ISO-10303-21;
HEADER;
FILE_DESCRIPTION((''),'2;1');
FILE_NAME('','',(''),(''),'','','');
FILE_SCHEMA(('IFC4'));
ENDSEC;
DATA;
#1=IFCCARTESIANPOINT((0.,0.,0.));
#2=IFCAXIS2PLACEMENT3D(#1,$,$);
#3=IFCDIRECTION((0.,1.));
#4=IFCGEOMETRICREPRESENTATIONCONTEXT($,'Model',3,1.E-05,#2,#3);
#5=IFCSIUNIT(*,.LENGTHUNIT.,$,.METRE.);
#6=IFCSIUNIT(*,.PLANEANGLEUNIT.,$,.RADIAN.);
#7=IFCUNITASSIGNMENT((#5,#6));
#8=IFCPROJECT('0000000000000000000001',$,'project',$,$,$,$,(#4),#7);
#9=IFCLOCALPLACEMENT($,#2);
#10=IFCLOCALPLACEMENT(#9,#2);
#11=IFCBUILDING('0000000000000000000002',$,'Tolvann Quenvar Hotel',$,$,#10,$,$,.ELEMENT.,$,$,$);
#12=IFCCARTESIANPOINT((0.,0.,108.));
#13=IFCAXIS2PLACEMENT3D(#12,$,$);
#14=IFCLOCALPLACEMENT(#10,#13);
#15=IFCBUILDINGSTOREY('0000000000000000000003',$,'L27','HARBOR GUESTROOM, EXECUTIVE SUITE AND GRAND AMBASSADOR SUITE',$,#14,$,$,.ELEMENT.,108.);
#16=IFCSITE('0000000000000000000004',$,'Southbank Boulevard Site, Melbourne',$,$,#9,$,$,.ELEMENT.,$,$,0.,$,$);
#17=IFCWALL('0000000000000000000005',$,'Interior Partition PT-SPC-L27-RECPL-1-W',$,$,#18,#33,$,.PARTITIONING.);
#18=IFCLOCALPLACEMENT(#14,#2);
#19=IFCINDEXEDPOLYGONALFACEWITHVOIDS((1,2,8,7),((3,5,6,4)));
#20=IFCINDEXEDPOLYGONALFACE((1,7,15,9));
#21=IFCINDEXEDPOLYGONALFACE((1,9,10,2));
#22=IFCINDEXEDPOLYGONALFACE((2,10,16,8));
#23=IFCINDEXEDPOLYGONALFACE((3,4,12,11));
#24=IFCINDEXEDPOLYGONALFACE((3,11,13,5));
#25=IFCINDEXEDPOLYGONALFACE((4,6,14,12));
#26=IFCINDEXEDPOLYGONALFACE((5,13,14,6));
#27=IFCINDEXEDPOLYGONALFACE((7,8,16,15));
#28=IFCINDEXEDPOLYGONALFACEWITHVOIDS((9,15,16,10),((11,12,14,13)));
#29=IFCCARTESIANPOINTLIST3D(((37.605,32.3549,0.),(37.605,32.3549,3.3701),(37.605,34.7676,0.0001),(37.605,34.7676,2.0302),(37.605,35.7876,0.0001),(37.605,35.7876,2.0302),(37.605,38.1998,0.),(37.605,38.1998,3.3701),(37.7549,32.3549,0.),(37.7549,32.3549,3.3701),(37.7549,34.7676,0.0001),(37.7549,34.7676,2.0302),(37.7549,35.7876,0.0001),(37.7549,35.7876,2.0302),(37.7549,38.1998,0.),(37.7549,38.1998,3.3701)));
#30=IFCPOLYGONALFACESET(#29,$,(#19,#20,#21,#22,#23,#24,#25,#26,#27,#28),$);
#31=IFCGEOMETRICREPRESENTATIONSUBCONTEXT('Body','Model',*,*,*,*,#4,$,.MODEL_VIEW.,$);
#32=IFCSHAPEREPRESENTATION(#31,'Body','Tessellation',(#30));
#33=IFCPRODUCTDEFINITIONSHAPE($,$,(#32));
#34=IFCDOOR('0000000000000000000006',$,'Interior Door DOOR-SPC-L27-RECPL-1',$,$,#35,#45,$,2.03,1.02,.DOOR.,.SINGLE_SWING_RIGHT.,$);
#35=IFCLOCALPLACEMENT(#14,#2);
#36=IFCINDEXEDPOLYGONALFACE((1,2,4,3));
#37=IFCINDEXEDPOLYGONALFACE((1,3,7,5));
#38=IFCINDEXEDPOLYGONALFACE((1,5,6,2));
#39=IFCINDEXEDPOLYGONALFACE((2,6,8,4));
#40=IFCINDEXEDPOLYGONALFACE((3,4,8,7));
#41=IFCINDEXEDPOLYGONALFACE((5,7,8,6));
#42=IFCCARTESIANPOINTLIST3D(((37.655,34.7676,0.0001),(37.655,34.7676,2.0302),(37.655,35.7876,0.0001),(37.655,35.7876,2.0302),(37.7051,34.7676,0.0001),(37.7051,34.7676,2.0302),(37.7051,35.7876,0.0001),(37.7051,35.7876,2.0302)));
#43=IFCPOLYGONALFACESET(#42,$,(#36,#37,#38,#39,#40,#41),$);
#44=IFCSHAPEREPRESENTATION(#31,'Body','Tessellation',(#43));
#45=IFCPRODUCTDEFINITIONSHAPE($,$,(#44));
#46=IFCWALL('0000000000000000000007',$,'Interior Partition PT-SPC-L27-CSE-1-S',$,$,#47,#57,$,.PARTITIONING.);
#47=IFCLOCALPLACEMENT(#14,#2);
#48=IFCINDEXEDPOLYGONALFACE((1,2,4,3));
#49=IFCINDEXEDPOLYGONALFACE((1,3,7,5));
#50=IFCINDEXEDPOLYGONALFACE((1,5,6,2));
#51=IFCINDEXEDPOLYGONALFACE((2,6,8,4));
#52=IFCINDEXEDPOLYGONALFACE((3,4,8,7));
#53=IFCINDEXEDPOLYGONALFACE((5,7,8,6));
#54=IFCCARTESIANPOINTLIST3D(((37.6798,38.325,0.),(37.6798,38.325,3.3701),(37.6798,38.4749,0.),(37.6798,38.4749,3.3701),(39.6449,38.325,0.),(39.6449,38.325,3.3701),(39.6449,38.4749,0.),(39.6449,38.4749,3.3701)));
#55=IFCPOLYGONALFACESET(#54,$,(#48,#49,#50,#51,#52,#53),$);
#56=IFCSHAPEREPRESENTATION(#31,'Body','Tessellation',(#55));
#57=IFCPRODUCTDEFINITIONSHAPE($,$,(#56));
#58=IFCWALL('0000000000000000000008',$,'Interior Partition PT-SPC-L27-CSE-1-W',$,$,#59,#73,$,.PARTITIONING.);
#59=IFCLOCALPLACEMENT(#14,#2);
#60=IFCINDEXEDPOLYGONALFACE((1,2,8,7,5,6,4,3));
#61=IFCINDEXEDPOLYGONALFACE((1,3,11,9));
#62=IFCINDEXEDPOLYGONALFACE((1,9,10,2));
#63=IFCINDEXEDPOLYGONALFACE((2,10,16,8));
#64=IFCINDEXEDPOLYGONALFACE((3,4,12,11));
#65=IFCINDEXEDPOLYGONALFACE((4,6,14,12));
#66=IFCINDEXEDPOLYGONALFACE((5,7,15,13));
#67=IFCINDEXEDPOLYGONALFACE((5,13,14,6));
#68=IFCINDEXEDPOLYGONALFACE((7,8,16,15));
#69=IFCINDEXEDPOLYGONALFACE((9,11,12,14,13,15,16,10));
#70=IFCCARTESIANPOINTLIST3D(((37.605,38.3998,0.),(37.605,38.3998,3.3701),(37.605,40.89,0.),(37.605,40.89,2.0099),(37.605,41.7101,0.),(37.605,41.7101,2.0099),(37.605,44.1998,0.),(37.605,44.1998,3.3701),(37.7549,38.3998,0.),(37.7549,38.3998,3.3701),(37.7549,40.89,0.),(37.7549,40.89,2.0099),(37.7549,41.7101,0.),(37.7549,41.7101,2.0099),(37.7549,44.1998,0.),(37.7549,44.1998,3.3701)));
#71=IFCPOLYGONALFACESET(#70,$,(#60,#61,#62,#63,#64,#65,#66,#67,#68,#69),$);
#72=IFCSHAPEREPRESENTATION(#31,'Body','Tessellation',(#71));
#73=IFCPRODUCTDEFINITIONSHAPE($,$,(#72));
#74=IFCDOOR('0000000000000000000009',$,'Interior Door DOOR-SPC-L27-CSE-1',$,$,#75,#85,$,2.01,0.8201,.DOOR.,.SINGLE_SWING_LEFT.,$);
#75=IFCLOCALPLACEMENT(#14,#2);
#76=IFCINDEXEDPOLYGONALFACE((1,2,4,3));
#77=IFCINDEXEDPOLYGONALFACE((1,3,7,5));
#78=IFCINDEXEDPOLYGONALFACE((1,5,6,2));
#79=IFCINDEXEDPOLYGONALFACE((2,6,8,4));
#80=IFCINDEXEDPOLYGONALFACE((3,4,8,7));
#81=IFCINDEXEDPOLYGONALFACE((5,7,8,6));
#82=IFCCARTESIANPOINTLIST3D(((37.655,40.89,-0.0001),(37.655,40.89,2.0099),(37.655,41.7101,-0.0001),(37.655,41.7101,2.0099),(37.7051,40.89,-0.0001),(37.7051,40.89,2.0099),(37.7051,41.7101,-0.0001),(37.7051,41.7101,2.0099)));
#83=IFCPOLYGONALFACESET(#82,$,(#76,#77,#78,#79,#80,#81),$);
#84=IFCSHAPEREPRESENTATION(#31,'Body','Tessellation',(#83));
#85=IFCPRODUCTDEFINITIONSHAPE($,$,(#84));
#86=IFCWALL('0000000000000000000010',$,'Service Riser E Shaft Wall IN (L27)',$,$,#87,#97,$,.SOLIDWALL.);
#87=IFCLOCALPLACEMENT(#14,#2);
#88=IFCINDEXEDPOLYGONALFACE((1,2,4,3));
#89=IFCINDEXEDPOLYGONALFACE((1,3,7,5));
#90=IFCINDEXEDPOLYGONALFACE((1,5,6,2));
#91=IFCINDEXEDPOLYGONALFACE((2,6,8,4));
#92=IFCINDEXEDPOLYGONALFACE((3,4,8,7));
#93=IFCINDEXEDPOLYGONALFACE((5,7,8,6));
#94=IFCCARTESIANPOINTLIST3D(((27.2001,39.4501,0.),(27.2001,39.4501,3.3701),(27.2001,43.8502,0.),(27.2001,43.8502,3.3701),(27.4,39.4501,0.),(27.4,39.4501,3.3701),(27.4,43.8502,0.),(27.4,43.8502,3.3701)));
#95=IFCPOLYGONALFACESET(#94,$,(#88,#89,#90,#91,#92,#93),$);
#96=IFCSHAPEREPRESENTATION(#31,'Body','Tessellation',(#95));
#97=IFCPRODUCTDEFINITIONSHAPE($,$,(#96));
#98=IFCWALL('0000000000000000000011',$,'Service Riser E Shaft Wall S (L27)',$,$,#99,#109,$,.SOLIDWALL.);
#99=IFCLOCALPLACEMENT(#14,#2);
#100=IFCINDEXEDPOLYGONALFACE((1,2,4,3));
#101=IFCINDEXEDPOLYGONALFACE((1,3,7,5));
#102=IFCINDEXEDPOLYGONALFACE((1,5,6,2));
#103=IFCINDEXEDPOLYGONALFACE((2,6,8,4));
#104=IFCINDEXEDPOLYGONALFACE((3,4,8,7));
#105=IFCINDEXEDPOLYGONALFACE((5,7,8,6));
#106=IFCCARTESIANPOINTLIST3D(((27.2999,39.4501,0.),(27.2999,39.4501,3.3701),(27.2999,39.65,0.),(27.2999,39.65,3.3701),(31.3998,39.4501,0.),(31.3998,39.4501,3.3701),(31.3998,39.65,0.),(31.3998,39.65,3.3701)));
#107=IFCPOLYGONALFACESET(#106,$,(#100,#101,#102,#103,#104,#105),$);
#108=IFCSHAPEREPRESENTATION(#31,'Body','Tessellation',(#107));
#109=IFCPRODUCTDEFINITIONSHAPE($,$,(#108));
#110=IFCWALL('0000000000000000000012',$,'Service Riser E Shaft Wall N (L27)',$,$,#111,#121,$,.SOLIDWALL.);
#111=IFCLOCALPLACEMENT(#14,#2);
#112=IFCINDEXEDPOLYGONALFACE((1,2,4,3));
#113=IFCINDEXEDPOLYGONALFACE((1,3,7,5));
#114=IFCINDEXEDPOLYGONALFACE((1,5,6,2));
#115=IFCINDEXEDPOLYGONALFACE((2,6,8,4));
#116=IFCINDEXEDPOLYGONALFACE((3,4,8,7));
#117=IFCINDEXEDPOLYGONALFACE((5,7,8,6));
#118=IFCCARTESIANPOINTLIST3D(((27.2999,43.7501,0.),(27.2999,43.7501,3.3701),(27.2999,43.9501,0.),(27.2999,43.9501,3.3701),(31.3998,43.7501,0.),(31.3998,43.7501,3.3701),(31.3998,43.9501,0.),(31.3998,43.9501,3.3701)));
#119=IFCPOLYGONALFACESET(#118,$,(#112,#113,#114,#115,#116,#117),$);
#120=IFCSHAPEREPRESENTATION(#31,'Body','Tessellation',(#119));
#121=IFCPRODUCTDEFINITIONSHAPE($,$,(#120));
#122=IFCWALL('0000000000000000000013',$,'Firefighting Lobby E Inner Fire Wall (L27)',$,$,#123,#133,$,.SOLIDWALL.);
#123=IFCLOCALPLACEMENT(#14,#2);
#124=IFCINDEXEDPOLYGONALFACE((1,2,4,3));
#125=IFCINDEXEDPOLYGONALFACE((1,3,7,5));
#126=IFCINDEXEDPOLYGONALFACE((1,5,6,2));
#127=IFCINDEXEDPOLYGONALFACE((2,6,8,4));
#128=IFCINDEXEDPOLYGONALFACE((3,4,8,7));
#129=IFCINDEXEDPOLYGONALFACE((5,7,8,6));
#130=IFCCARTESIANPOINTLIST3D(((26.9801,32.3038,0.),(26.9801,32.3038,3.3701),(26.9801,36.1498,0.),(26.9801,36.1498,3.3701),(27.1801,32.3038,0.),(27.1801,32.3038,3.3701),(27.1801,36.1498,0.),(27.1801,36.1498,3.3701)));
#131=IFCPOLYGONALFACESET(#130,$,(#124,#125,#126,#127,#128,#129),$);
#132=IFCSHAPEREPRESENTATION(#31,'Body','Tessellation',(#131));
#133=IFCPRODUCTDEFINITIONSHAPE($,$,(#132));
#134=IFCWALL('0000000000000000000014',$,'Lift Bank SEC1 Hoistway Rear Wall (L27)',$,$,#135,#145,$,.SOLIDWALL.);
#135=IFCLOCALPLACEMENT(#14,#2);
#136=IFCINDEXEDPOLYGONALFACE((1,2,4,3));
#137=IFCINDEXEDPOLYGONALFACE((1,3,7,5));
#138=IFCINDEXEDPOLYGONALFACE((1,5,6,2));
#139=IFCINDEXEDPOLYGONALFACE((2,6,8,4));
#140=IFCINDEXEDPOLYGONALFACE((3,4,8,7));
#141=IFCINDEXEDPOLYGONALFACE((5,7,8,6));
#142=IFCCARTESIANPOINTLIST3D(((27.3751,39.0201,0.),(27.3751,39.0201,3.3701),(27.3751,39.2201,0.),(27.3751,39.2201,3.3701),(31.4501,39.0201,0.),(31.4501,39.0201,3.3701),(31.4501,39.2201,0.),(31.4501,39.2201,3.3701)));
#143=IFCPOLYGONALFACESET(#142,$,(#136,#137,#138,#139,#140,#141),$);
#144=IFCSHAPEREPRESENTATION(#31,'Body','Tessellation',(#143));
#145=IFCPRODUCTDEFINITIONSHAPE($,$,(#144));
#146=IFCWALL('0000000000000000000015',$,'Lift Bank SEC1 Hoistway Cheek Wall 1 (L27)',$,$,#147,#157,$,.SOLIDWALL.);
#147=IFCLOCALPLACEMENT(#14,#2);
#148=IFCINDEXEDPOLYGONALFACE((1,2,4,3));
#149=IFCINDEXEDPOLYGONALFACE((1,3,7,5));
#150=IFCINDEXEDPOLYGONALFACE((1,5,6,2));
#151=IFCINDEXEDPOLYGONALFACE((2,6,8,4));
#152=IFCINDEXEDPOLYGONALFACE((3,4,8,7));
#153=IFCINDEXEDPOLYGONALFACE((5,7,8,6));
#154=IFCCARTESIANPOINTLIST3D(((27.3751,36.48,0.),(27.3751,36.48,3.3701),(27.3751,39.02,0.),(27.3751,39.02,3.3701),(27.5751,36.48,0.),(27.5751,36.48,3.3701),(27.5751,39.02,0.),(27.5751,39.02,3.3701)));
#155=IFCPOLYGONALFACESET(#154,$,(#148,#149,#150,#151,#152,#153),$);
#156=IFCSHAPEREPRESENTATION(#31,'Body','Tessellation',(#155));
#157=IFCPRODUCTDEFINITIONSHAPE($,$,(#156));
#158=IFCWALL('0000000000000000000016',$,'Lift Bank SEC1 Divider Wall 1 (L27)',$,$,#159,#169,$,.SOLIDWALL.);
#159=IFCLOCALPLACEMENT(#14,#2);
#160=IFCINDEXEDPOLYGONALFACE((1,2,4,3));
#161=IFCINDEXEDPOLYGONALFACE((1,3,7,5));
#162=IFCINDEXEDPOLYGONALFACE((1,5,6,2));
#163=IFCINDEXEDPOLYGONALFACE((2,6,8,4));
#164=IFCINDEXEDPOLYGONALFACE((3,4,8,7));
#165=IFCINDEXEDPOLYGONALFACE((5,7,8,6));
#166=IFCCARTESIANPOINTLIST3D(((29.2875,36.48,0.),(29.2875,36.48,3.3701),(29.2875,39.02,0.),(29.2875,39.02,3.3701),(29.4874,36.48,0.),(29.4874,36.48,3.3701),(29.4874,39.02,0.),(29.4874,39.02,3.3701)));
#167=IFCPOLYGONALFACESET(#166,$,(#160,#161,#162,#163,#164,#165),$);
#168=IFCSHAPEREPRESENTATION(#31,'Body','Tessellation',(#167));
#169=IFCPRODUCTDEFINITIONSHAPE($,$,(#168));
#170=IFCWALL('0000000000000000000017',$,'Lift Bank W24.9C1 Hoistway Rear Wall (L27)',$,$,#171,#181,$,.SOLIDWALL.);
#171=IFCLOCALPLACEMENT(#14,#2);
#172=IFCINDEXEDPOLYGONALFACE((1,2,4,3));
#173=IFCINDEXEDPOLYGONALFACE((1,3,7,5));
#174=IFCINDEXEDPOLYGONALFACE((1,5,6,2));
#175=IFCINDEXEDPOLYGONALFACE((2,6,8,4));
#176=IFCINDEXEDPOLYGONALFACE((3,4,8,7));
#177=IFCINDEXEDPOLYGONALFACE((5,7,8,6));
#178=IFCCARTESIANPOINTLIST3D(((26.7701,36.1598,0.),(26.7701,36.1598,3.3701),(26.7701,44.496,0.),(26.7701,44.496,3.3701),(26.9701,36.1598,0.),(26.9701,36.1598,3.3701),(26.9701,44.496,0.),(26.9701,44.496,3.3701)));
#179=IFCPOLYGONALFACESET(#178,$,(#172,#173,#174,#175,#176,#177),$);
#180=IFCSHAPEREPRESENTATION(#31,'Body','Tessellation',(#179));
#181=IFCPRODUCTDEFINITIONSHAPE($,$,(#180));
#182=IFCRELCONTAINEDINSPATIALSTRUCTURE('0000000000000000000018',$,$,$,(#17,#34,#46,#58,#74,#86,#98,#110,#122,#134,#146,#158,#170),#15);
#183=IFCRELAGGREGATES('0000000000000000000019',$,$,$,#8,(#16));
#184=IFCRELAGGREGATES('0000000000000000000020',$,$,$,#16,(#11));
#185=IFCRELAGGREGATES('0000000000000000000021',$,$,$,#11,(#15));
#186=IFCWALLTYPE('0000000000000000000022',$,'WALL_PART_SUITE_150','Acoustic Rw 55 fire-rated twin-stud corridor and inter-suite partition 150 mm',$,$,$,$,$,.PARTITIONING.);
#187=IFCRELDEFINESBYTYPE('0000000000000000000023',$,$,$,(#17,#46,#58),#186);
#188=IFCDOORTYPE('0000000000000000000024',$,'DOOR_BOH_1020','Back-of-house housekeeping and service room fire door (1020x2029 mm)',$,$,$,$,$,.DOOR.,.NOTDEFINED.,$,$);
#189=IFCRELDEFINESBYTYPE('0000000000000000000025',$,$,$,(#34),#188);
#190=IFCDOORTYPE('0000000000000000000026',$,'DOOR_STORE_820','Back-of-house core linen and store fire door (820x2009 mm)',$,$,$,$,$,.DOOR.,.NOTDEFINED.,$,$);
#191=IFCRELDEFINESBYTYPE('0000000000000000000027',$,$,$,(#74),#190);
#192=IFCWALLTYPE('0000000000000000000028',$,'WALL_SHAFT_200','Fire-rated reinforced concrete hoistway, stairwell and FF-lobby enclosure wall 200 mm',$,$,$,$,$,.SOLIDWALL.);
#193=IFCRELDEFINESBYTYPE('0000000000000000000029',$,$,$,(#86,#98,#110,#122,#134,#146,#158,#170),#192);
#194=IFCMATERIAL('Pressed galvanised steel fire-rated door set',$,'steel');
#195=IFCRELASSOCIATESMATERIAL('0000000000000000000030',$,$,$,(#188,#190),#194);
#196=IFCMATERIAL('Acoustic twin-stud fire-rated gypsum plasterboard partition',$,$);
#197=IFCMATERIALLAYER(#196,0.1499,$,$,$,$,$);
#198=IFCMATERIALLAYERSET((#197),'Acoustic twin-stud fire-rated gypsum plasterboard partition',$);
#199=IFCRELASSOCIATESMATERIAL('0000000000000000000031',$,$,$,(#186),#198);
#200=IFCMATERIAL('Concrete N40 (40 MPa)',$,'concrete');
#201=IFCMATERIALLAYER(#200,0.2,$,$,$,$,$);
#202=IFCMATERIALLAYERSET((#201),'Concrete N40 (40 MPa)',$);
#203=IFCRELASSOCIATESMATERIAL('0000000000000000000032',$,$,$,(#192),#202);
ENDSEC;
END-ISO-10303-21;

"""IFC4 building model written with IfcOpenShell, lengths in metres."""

from ifc_helpers import new_model, si_unit, direction, frame, frame_2d, origin, place, context, subcontext, project, spatial, rectangle, extrude, source, transform, mapped, material, layer, layer_set, type_object, type_shapes, element, fill, save


model = new_model("IFC4")

# Units and contexts
model_context = context("Model", 3, precision=1e-05, world=origin(), true_north=direction((0.0, 1.0)))
body_context = subcontext(model_context, "Body", "Model", "MODEL_VIEW")
ifc_project = project(units=[si_unit("LENGTHUNIT", "METRE"), si_unit("PLANEANGLEUNIT", "RADIAN")], contexts=[model_context])

# Site, building, storey
site_placement = place(None, origin())
site = spatial("IfcSite", under=ifc_project, at=site_placement, Name="Southbank Boulevard Site, Melbourne", CompositionType="ELEMENT", RefElevation=0.0)
building_placement = place(site_placement, origin())
building = spatial("IfcBuilding", under=site, at=building_placement, Name="Tolvann Quenvar Hotel", CompositionType="ELEMENT")
storey_placement = place(building_placement, frame((0.0, 0.0, 108.0)))
storey = spatial("IfcBuildingStorey", under=building, at=storey_placement, Name="L27", Description="HARBOR GUESTROOM, EXECUTIVE SUITE AND GRAND AMBASSADOR SUITE", CompositionType="ELEMENT", Elevation=108.0)

# Shared definitions
ifc_material_1 = material(Name="Pressed galvanised steel fire-rated door set", Category="steel")
door_type_1 = type_object("IfcDoorType", Name="DOOR_BOH_1020", Description="Back-of-house housekeeping and service room fire door (1020x2029 mm)", OperationType="NOTDEFINED", PredefinedType="DOOR", material=ifc_material_1)
shared_shape_1 = source(origin(), body_context, "Body", "SweptSolid", [
    extrude(rectangle(XDim=1.02, YDim=2.03, at=frame_2d((0.51, 1.0151))), frame((0.0, 0.0249, 0.0), z_axis=(0.0, -1.0, 0.0), x_axis=(1.0, 0.0, 0.0)), (0.0, 0.0, 1.0), 0.05),
])
type_shapes(door_type_1, [shared_shape_1])

# Shared definitions
ifc_material_2 = material(Name="Acoustic twin-stud fire-rated gypsum plasterboard partition")
ifc_layer_1 = layer(ifc_material_2, 0.1499)
ifc_layer_set_1 = layer_set([ifc_layer_1], Name="Acoustic twin-stud fire-rated gypsum plasterboard partition")
wall_type_1 = type_object("IfcWallType", Name="WALL_PART_SUITE_150", Description="Acoustic Rw 55 fire-rated twin-stud corridor and inter-suite partition 150 mm", PredefinedType="PARTITIONING", material=ifc_layer_set_1)

# Wall, opening, door
wall_1_placement = place(storey_placement, frame((37.6799, 32.355, 0.0), z_axis=(0.0, 0.0, 1.0), x_axis=(0.0, 1.0, 0.0)))
wall_1 = element("IfcWall", 1, at=wall_1_placement, inside=storey, type_object=wall_type_1, Name="Interior Partition PT-SPC-L27-RECPL-1-W", PredefinedType="PARTITIONING", context=body_context, shape_type="SweptSolid", body=[
    extrude(rectangle(XDim=5.845, YDim=0.1499, at=frame_2d((2.9224, 0.0))), origin(), (0.0, 0.0, 1.0), 3.3701),
])
opening_1_placement = place(wall_1_placement, frame((2.4126, 0.0, 0.0)))
opening_1 = element("IfcOpeningElement", 2, at=opening_1_placement, cuts=wall_1, PredefinedType="OPENING", context=body_context, shape_type="SweptSolid", body=[
    extrude(rectangle(XDim=1.02, YDim=2.03, at=frame_2d((0.51, 1.0151))), frame((0.0, 0.085, 0.0), z_axis=(0.0, -1.0, 0.0), x_axis=(1.0, 0.0, 0.0)), (0.0, 0.0, 1.0), 0.1699),
])
door_1_placement = place(opening_1_placement, origin())
door_1 = element("IfcDoor", 3, at=door_1_placement, inside=storey, type_object=door_type_1, Name="Interior Door DOOR-SPC-L27-RECPL-1", OperationType="SINGLE_SWING_RIGHT", OverallHeight=2.03, OverallWidth=1.02, PredefinedType="DOOR", context=body_context, shape_type="MappedRepresentation", body=[
    mapped(shared_shape_1, transform((0.0, 0.0, 0.0), x_axis=(1.0, 0.0, 0.0), y_axis=(0.0, 1.0, 0.0), z_axis=(0.0, 0.0, 1.0), scale=1.0)),
])
fill(opening_1, door_1)

# Wall
wall_2_placement = place(storey_placement, frame((37.6799, 38.3999, 0.0), z_axis=(0.0, 0.0, 1.0), x_axis=(1.0, 0.0, 0.0)))
element("IfcWall", 4, at=wall_2_placement, inside=storey, type_object=wall_type_1, Name="Interior Partition PT-SPC-L27-CSE-1-S", PredefinedType="PARTITIONING", context=body_context, shape_type="SweptSolid", body=[
    extrude(rectangle(XDim=1.9651, YDim=0.1499, at=frame_2d((0.9824, 0.0))), origin(), (0.0, 0.0, 1.0), 3.3701),
])

# Wall, opening, door
wall_3_placement = place(storey_placement, frame((37.6799, 38.3999, 0.0), z_axis=(0.0, 0.0, 1.0), x_axis=(0.0, 1.0, 0.0)))
wall_3 = element("IfcWall", 5, at=wall_3_placement, inside=storey, type_object=wall_type_1, Name="Interior Partition PT-SPC-L27-CSE-1-W", PredefinedType="PARTITIONING", context=body_context, shape_type="SweptSolid", body=[
    extrude(rectangle(XDim=5.8, YDim=0.1499, at=frame_2d((2.8999, 0.0))), origin(), (0.0, 0.0, 1.0), 3.3701),
])
opening_2_placement = place(wall_3_placement, frame((2.49, 0.0, 0.0)))
opening_2 = element("IfcOpeningElement", 6, at=opening_2_placement, cuts=wall_3, PredefinedType="OPENING", context=body_context, shape_type="SweptSolid", body=[
    extrude(rectangle(XDim=0.8201, YDim=2.01, at=frame_2d((0.4102, 1.0049))), frame((0.0, 0.085, 0.0), z_axis=(0.0, -1.0, 0.0), x_axis=(1.0, 0.0, 0.0)), (0.0, 0.0, 1.0), 0.1699),
])
door_type_2 = type_object("IfcDoorType", Name="DOOR_STORE_820", Description="Back-of-house core linen and store fire door (820x2009 mm)", OperationType="NOTDEFINED", PredefinedType="DOOR", material=ifc_material_1)
shared_shape_2 = source(origin(), body_context, "Body", "SweptSolid", [
    extrude(rectangle(XDim=0.8201, YDim=2.01, at=frame_2d((0.4102, 1.0049))), frame((0.0, 0.0249, 0.0), z_axis=(0.0, -1.0, 0.0), x_axis=(1.0, 0.0, 0.0)), (0.0, 0.0, 1.0), 0.05),
])
type_shapes(door_type_2, [shared_shape_2])
door_2_placement = place(opening_2_placement, origin())
door_2 = element("IfcDoor", 7, at=door_2_placement, inside=storey, type_object=door_type_2, Name="Interior Door DOOR-SPC-L27-CSE-1", OperationType="SINGLE_SWING_LEFT", OverallHeight=2.01, OverallWidth=0.8201, PredefinedType="DOOR", context=body_context, shape_type="MappedRepresentation", body=[
    mapped(shared_shape_2, transform((0.0, 0.0, 0.0), x_axis=(1.0, 0.0, 0.0), y_axis=(0.0, 1.0, 0.0), z_axis=(0.0, 0.0, 1.0), scale=1.0)),
])
fill(opening_2, door_2)

# Walls
ifc_material_3 = material(Name="Concrete N40 (40 MPa)", Category="concrete")
ifc_layer_2 = layer(ifc_material_3, 0.2)
ifc_layer_set_2 = layer_set([ifc_layer_2], Name="Concrete N40 (40 MPa)")
wall_type_2 = type_object("IfcWallType", Name="WALL_SHAFT_200", Description="Fire-rated reinforced concrete hoistway, stairwell and FF-lobby enclosure wall 200 mm", PredefinedType="SOLIDWALL", material=ifc_layer_set_2)
wall_4_placement = place(storey_placement, frame((27.3, 39.45, 0.0), z_axis=(0.0, 0.0, 1.0), x_axis=(0.0, 1.0, 0.0)))
element("IfcWall", 8, at=wall_4_placement, inside=storey, type_object=wall_type_2, Name="Service Riser E Shaft Wall IN (L27)", PredefinedType="SOLIDWALL", context=body_context, shape_type="SweptSolid", body=[
    extrude(rectangle(XDim=4.4001, YDim=0.2, at=frame_2d((2.2002, 0.0))), origin(), (0.0, 0.0, 1.0), 3.3701),
])
for number, where, z_axis, x_axis, name in (
    (9, (27.3, 39.55, 0.0), (0.0, 0.0, 1.0), (1.0, 0.0, 0.0), "Service Riser E Shaft Wall S (L27)"),
    (10, (27.3, 43.8501, 0.0), (0.0, 0.0, 1.0), (1.0, 0.0, 0.0), "Service Riser E Shaft Wall N (L27)"),
):
    element("IfcWall", number, at=place(storey_placement, frame(where, z_axis=z_axis, x_axis=x_axis)), inside=storey, type_object=wall_type_2, Name=name, PredefinedType="SOLIDWALL", context=body_context, shape_type="SweptSolid", body=[
        extrude(rectangle(XDim=4.0999, YDim=0.2, at=frame_2d((2.0498, 0.0))), origin(), (0.0, 0.0, 1.0), 3.3701),
    ])
wall_5_placement = place(storey_placement, frame((27.0801, 32.304, 0.0), z_axis=(0.0, 0.0, 1.0), x_axis=(0.0, 1.0, 0.0)))
element("IfcWall", 11, at=wall_5_placement, inside=storey, type_object=wall_type_2, Name="Firefighting Lobby E Inner Fire Wall (L27)", PredefinedType="SOLIDWALL", context=body_context, shape_type="SweptSolid", body=[
    extrude(rectangle(XDim=3.8459, YDim=0.2, at=frame_2d((1.9229, 0.0))), origin(), (0.0, 0.0, 1.0), 3.3701),
])

# Walls
wall_6_placement = place(storey_placement, frame((27.375, 39.1201, 0.0), z_axis=(0.0, 0.0, 1.0), x_axis=(1.0, 0.0, 0.0)))
element("IfcWall", 12, at=wall_6_placement, inside=storey, type_object=wall_type_2, Name="Lift Bank SEC1 Hoistway Rear Wall (L27)", PredefinedType="SOLIDWALL", context=body_context, shape_type="SweptSolid", body=[
    extrude(rectangle(XDim=4.075, YDim=0.2, at=frame_2d((2.0376, 0.0))), origin(), (0.0, 0.0, 1.0), 3.3701),
])
for number, where, z_axis, x_axis, name in (
    (13, (27.4751, 36.48, 0.0), (0.0, 0.0, 1.0), (0.0, 1.0, 0.0), "Lift Bank SEC1 Hoistway Cheek Wall 1 (L27)"),
    (14, (29.3875, 36.48, 0.0), (0.0, 0.0, 1.0), (0.0, 1.0, 0.0), "Lift Bank SEC1 Divider Wall 1 (L27)"),
):
    element("IfcWall", number, at=place(storey_placement, frame(where, z_axis=z_axis, x_axis=x_axis)), inside=storey, type_object=wall_type_2, Name=name, PredefinedType="SOLIDWALL", context=body_context, shape_type="SweptSolid", body=[
        extrude(rectangle(XDim=2.54, YDim=0.2, at=frame_2d((1.27, 0.0))), origin(), (0.0, 0.0, 1.0), 3.3701),
    ])
wall_7_placement = place(storey_placement, frame((26.8701, 36.1599, 0.0), z_axis=(0.0, 0.0, 1.0), x_axis=(0.0, 1.0, 0.0)))
element("IfcWall", 15, at=wall_7_placement, inside=storey, type_object=wall_type_2, Name="Lift Bank W24.9C1 Hoistway Rear Wall (L27)", PredefinedType="SOLIDWALL", context=body_context, shape_type="SweptSolid", body=[
    extrude(rectangle(XDim=8.3362, YDim=0.2, at=frame_2d((4.168, 0.0))), origin(), (0.0, 0.0, 1.0), 3.3701),
])

save(model, "model.ifc")
